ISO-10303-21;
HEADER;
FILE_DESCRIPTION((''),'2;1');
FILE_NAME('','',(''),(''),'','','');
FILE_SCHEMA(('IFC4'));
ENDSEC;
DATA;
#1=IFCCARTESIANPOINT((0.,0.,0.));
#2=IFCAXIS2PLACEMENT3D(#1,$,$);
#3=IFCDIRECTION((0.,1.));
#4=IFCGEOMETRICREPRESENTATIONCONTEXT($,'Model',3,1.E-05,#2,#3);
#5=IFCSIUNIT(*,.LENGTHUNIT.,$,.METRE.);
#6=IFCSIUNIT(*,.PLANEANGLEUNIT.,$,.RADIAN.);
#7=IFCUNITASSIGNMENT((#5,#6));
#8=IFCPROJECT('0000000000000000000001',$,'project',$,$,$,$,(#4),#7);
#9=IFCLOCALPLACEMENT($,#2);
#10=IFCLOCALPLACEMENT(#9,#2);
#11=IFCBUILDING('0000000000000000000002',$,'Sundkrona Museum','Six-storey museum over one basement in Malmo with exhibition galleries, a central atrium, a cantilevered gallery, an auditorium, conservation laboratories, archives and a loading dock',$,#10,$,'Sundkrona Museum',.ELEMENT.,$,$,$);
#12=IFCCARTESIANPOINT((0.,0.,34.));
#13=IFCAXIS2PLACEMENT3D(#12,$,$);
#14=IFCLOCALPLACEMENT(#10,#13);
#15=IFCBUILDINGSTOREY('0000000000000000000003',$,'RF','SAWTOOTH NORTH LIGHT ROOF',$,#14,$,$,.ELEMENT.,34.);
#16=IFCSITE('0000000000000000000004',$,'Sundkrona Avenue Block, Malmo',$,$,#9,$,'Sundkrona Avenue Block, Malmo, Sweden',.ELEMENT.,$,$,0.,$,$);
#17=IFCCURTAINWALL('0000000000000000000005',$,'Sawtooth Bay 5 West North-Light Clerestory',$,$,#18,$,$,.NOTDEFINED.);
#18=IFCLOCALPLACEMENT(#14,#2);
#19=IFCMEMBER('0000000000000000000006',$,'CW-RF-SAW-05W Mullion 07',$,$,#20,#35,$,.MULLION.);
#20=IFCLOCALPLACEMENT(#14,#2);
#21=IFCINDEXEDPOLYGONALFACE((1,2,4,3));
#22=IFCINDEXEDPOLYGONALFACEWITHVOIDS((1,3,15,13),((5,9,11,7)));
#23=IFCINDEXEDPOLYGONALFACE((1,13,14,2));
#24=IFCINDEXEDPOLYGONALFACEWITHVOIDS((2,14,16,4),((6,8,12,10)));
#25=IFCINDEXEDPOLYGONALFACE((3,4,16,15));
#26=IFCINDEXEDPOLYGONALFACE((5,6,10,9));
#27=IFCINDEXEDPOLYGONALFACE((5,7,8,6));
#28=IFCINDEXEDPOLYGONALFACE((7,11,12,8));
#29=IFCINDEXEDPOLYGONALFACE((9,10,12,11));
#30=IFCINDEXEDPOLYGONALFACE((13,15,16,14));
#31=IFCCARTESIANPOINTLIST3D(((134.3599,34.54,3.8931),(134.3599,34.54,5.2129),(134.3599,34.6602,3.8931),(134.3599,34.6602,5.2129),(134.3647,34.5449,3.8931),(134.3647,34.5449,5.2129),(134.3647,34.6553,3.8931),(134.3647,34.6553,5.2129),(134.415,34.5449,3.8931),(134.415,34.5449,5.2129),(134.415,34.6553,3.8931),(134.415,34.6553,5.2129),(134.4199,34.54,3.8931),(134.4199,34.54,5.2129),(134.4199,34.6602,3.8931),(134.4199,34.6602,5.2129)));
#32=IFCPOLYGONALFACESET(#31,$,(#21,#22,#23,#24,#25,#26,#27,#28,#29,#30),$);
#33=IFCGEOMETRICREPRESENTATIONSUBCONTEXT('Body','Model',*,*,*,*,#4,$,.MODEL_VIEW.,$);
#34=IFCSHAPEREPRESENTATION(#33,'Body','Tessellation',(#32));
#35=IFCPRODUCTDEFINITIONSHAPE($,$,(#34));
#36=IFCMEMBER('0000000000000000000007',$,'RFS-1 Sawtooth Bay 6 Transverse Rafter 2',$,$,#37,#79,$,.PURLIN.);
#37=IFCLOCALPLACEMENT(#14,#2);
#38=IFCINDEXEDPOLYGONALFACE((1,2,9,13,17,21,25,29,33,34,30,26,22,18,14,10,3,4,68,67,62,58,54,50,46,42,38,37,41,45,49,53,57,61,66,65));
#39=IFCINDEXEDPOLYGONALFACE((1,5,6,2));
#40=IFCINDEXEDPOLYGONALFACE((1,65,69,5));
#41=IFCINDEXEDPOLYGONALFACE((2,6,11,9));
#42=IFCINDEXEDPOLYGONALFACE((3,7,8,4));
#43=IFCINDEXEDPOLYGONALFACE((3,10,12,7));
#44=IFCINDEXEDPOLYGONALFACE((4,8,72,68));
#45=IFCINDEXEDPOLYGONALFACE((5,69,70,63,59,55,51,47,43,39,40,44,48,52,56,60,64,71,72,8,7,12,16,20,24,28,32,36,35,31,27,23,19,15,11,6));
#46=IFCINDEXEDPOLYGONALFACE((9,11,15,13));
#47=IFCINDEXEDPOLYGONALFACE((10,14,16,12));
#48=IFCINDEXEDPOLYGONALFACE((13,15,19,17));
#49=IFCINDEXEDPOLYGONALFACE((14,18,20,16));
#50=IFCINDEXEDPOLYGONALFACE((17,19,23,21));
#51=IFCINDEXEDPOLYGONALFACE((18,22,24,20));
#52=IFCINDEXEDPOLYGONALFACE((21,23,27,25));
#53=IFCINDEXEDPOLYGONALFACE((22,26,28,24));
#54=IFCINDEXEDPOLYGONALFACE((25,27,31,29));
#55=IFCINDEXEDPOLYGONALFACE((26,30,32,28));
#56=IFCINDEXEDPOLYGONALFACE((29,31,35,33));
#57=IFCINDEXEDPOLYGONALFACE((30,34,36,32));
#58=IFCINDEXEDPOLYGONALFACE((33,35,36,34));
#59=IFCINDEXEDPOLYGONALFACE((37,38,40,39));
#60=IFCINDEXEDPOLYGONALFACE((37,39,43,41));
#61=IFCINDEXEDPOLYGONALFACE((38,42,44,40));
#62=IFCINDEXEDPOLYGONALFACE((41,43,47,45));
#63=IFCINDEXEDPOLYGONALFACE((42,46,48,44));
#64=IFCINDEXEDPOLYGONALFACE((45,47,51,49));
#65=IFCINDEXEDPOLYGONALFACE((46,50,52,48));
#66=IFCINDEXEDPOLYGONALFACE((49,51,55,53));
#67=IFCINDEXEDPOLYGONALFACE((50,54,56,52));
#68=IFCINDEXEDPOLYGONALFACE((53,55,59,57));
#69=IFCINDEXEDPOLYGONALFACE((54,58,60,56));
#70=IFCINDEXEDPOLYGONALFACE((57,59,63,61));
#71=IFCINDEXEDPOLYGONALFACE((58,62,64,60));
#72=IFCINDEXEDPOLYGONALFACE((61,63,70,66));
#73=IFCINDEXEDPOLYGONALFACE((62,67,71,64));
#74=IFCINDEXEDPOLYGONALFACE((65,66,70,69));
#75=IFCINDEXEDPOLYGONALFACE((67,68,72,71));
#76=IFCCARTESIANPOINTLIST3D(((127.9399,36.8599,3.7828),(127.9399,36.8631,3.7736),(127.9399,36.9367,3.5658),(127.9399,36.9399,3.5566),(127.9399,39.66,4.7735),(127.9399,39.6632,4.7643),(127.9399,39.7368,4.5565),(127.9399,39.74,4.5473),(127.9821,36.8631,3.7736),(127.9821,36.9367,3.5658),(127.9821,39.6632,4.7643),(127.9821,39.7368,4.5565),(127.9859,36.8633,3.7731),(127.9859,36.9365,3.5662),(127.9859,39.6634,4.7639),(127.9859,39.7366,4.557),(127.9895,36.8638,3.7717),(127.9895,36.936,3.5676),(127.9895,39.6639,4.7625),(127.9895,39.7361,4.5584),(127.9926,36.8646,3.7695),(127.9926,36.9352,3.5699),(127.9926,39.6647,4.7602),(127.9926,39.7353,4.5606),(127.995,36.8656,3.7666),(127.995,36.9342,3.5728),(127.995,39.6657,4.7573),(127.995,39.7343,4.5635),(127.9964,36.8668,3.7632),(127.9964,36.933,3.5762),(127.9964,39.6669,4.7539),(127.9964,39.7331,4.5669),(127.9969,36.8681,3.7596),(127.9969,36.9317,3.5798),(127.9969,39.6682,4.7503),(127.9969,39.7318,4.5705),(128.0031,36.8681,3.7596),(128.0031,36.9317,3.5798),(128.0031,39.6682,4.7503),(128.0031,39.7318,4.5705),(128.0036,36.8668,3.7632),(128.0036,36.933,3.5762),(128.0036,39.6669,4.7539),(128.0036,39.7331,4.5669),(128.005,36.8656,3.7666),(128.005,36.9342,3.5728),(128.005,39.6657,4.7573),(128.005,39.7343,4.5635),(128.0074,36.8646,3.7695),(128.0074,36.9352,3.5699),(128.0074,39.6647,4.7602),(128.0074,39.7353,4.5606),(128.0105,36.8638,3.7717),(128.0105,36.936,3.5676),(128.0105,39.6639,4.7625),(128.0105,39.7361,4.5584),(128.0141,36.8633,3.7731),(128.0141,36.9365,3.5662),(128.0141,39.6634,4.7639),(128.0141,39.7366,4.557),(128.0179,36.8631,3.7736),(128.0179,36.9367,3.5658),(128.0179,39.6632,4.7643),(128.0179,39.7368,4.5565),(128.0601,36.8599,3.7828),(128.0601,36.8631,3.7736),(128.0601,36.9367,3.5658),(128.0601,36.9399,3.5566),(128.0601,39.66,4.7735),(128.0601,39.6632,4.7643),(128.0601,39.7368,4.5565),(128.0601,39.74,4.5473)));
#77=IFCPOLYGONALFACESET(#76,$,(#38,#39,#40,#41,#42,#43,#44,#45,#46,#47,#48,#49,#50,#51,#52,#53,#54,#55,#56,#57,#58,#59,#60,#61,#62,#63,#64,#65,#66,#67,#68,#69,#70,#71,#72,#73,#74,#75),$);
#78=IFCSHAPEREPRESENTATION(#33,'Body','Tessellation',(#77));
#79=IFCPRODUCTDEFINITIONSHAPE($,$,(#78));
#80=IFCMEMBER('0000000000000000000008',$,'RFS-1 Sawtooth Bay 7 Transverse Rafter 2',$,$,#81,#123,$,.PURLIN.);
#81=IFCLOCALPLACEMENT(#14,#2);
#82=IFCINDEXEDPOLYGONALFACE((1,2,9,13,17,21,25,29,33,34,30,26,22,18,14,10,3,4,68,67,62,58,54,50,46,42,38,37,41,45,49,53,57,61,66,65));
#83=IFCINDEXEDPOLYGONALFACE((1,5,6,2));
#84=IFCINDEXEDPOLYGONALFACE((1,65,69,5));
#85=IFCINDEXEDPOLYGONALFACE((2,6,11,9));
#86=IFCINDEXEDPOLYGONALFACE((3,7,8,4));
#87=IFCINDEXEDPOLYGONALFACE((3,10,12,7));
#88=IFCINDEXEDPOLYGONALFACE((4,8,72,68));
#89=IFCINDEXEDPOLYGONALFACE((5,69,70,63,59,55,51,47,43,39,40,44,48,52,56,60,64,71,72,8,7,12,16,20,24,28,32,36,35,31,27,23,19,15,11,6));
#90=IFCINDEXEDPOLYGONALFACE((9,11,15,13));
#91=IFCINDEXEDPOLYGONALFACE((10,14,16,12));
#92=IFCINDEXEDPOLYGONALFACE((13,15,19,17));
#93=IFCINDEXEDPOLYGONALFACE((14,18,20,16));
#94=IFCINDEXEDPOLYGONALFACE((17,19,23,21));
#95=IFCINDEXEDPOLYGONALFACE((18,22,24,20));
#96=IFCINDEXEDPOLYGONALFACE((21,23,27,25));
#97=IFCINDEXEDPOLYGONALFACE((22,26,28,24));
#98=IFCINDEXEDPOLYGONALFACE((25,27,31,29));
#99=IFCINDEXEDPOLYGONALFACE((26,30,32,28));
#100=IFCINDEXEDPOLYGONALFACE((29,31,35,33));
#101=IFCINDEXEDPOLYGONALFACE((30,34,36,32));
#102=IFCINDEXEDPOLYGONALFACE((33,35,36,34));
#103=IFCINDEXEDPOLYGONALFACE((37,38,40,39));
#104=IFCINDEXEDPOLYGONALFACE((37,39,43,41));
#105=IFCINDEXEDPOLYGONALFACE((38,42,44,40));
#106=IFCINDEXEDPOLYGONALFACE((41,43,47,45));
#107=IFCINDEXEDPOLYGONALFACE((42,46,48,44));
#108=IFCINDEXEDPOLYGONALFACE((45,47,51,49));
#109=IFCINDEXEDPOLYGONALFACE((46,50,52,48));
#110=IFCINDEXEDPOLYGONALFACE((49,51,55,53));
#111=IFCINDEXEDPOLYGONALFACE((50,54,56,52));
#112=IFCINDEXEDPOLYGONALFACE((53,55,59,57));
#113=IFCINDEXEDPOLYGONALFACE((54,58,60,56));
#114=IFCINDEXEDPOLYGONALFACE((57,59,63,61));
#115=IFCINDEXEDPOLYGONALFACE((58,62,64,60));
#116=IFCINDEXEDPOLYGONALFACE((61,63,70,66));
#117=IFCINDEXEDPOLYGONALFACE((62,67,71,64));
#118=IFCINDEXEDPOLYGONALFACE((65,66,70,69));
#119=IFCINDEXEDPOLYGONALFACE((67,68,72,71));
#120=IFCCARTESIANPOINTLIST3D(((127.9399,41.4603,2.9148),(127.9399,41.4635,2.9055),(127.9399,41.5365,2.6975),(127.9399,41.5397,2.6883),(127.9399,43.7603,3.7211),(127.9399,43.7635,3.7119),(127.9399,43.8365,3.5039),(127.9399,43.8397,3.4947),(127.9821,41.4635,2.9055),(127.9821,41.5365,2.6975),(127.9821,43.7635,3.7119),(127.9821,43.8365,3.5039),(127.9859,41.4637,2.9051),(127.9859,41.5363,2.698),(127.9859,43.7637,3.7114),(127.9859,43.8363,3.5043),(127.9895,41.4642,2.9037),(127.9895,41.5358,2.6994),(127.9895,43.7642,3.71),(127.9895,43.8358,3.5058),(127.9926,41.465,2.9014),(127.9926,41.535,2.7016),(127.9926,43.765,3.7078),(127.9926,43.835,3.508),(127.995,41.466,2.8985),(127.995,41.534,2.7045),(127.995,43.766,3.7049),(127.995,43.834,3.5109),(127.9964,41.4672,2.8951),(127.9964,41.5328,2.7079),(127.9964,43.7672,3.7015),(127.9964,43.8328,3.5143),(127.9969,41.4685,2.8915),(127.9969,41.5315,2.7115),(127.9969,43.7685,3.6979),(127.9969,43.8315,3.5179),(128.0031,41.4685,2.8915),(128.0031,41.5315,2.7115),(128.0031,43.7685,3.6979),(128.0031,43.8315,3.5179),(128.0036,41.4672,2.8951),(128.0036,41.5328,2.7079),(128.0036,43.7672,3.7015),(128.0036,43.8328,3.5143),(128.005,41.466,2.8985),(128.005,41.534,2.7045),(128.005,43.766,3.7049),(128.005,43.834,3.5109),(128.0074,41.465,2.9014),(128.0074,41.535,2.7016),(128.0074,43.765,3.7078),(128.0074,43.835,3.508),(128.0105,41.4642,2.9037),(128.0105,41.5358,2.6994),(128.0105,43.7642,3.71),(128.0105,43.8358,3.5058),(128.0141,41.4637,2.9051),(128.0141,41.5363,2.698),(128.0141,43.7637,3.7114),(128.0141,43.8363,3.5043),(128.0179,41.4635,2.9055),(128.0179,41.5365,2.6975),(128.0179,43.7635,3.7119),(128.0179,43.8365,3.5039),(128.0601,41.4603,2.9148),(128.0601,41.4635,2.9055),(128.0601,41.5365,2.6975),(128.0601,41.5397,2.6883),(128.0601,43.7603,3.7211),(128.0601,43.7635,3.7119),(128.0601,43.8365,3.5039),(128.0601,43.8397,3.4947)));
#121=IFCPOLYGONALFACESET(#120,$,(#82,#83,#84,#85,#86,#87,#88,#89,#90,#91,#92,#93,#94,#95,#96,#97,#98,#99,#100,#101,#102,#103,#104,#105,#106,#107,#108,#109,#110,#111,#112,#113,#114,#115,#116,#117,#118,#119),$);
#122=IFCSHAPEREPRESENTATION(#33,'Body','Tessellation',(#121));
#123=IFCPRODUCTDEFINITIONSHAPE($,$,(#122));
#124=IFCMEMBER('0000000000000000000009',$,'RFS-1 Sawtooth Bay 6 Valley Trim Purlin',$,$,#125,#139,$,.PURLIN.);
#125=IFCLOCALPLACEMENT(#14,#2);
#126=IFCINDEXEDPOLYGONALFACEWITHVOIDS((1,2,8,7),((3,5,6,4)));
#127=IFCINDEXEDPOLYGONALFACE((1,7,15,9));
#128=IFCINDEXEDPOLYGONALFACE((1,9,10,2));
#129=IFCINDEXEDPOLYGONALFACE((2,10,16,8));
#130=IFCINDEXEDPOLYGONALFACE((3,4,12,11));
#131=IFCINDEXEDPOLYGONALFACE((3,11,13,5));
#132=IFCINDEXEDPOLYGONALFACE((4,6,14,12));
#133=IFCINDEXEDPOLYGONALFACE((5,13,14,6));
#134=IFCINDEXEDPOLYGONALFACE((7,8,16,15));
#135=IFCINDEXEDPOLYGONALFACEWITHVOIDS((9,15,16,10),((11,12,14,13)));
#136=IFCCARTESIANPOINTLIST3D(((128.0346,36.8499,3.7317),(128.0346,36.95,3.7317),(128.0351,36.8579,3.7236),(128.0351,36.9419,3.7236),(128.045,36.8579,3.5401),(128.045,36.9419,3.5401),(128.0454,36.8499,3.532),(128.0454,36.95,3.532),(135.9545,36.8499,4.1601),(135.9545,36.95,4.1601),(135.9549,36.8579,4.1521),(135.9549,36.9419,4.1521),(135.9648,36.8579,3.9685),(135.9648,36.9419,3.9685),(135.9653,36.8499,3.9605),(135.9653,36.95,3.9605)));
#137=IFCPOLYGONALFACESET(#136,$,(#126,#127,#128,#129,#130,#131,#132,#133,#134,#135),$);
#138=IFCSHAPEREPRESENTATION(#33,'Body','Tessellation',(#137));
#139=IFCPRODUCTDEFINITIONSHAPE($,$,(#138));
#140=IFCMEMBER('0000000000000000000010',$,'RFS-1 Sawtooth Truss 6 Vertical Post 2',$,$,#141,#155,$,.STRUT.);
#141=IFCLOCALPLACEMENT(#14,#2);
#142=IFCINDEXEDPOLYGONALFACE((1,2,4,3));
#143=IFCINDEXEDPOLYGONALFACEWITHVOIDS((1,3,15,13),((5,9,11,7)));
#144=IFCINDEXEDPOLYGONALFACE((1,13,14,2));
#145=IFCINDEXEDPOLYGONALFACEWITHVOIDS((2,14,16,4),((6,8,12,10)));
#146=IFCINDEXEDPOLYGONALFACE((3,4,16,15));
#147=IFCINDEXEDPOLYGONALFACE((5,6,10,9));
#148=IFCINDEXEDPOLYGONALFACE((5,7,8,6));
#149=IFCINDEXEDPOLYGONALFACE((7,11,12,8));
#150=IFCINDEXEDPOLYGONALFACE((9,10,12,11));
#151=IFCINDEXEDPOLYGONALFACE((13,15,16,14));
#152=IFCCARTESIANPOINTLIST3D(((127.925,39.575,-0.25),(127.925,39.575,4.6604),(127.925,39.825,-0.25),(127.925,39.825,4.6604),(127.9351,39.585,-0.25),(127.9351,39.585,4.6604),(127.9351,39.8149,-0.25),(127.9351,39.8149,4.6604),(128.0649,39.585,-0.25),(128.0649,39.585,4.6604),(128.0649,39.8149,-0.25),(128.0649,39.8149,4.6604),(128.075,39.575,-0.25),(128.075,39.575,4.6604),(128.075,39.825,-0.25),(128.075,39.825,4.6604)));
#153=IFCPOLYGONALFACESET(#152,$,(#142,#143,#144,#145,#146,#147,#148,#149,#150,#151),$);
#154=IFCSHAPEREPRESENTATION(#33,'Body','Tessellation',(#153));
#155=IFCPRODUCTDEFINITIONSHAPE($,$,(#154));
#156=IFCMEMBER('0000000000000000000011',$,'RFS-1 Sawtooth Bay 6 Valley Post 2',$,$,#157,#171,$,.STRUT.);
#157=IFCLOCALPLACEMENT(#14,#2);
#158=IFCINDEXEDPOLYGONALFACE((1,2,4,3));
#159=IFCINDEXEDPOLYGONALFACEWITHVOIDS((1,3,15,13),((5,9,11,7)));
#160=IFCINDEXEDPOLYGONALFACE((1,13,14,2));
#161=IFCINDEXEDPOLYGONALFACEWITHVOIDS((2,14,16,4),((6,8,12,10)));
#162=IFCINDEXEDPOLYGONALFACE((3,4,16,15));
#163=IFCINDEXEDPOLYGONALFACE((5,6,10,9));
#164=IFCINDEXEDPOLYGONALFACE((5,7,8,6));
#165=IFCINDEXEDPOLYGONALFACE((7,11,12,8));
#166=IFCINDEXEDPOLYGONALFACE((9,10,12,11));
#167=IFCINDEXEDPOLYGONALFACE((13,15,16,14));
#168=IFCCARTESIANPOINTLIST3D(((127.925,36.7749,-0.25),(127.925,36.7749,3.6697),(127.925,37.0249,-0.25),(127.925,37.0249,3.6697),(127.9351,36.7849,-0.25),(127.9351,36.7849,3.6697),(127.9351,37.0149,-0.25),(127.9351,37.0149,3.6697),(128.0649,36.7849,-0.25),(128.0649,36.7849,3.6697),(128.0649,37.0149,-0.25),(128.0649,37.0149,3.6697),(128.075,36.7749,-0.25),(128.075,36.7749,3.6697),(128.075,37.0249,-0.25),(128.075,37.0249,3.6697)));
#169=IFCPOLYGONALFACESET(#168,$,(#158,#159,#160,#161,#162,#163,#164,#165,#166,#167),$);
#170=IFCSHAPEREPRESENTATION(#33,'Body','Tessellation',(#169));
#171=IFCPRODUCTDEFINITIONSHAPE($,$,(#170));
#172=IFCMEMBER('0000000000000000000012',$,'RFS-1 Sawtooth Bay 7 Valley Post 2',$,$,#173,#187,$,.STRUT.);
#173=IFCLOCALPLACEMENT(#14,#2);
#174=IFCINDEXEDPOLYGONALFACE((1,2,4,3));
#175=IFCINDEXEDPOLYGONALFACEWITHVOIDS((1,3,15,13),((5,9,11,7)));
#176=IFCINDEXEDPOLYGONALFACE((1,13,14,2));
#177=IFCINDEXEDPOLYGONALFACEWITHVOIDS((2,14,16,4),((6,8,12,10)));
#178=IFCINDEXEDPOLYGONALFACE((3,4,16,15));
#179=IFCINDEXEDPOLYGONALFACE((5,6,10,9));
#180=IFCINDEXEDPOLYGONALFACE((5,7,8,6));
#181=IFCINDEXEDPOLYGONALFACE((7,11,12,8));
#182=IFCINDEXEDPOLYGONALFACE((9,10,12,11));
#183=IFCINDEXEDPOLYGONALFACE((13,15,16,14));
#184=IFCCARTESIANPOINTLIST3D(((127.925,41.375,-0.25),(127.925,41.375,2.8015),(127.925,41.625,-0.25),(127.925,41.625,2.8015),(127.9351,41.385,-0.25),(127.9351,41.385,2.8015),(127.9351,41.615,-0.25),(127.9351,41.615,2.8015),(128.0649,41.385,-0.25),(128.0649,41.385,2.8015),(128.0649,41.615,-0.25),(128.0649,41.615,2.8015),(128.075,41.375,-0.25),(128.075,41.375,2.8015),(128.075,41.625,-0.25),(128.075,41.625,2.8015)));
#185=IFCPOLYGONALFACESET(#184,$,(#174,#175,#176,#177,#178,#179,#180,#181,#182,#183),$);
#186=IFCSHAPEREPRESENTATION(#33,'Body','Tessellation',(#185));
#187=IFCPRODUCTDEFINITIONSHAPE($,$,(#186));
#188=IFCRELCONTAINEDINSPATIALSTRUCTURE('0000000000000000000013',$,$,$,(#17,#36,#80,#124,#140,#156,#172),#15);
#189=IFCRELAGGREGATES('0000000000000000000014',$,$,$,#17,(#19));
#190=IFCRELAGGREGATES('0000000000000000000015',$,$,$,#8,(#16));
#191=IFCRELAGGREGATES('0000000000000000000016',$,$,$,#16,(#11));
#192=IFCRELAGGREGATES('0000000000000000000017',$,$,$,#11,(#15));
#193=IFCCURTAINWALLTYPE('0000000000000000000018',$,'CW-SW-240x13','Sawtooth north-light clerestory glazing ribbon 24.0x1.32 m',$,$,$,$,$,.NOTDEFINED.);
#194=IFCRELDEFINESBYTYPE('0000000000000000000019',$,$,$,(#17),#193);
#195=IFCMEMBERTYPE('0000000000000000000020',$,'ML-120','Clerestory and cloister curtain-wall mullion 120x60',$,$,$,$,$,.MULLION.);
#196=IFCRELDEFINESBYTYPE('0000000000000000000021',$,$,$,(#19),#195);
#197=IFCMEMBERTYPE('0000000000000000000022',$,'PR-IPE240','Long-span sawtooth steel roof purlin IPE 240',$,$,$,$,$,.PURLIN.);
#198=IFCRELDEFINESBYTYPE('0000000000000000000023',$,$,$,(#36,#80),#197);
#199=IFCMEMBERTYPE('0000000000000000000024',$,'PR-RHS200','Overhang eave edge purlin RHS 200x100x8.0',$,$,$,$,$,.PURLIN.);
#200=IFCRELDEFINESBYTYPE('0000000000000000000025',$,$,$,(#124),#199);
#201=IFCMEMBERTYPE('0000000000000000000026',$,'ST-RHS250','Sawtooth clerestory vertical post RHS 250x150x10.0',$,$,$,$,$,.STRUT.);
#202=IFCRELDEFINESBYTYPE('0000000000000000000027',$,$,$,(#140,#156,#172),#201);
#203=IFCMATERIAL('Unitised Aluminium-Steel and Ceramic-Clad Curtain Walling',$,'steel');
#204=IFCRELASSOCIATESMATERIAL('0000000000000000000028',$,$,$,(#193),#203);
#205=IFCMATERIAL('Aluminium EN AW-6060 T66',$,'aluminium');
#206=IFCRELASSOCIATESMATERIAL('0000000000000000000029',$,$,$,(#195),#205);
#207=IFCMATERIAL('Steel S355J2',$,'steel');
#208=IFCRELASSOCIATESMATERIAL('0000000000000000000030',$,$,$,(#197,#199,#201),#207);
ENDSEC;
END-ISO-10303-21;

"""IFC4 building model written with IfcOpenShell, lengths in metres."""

from ifc_helpers import new_model, si_unit, direction, frame, origin, origin_2d, place, context, subcontext, project, spatial, hollow_rectangle, i_section, extrude, material, material_profile, profile_set, type_object, element, aggregate, save


model = new_model("IFC4")

# Units and contexts
model_context = context("Model", 3, precision=1e-05, world=origin(), true_north=direction((0.0, 1.0)))
body_context = subcontext(model_context, "Body", "Model", "MODEL_VIEW")
ifc_project = project(units=[si_unit("LENGTHUNIT", "METRE"), si_unit("PLANEANGLEUNIT", "RADIAN")], contexts=[model_context])

# Site, building, storey
site_placement = place(None, origin())
site = spatial("IfcSite", under=ifc_project, at=site_placement, Name="Sundkrona Avenue Block, Malmo", LongName="Sundkrona Avenue Block, Malmo, Sweden", CompositionType="ELEMENT", RefElevation=0.0)
building_placement = place(site_placement, origin())
building = spatial("IfcBuilding", under=site, at=building_placement, Name="Sundkrona Museum", Description="Six-storey museum over one basement in Malmo with exhibition galleries, a central atrium, a cantilevered gallery, an auditorium, conservation laboratories, archives and a loading dock", LongName="Sundkrona Museum", CompositionType="ELEMENT")
storey_placement = place(building_placement, frame((0.0, 0.0, 34.0)))
storey = spatial("IfcBuildingStorey", under=building, at=storey_placement, Name="RF", Description="SAWTOOTH NORTH LIGHT ROOF", CompositionType="ELEMENT", Elevation=34.0)

# Curtain wall, member
ifc_material_1 = material(Name="Unitised Aluminium-Steel and Ceramic-Clad Curtain Walling", Category="steel")
curtain_wall_type = type_object("IfcCurtainWallType", Name="CW-SW-240x13", Description="Sawtooth north-light clerestory glazing ribbon 24.0x1.32 m", PredefinedType="NOTDEFINED", material=ifc_material_1)
curtain_wall_placement = place(storey_placement, origin())
curtain_wall = element("IfcCurtainWall", 1, at=curtain_wall_placement, inside=storey, type_object=curtain_wall_type, Name="Sawtooth Bay 5 West North-Light Clerestory", PredefinedType="NOTDEFINED")
ifc_material_2 = material(Name="Aluminium EN AW-6060 T66", Category="aluminium")
ifc_material_profile_1 = material_profile(ifc_material_2, hollow_rectangle(XDim=0.0601, YDim=0.1201, WallThickness=0.0049, at=origin_2d()), Name="RHS 120x60x5.0")
ifc_profile_set_1 = profile_set([ifc_material_profile_1], Name="Aluminium EN AW-6060 T66")
member_type_1 = type_object("IfcMemberType", Name="ML-120", Description="Clerestory and cloister curtain-wall mullion 120x60", PredefinedType="MULLION", material=ifc_profile_set_1)
member_1_placement = place(storey_placement, frame((134.3899, 34.6001, 3.8931), z_axis=(0.0, 0.0, 1.0), x_axis=(1.0, 0.0, 0.0)))
member_1 = element("IfcMember", 2, at=member_1_placement, type_object=member_type_1, Name="CW-RF-SAW-05W Mullion 07", PredefinedType="MULLION", context=body_context, shape_type="SweptSolid", body=[
    extrude(hollow_rectangle(XDim=0.0601, YDim=0.1201, WallThickness=0.0049, at=origin_2d()), origin(), (0.0, 0.0, 1.0), 1.3198),
])

# Members
ifc_material_3 = material(Name="Steel S355J2", Category="steel")
ifc_material_profile_2 = material_profile(ifc_material_3, i_section(OverallWidth=0.1201, OverallDepth=0.24, WebThickness=0.0061, FlangeThickness=0.0098, FilletRadius=0.0149, at=origin_2d()), Name="IPE 240")
ifc_profile_set_2 = profile_set([ifc_material_profile_2], Name="Steel S355J2")
member_type_2 = type_object("IfcMemberType", Name="PR-IPE240", Description="Long-span sawtooth steel roof purlin IPE 240", PredefinedType="PURLIN", material=ifc_profile_set_2)
member_2_placement = place(storey_placement, frame((128.0, 36.8999, 3.6697), z_axis=(0.0, 0.942729, 0.33356), x_axis=(-1.0, 0.0, 0.0)))
element("IfcMember", 3, at=member_2_placement, inside=storey, type_object=member_type_2, Name="RFS-1 Sawtooth Bay 6 Transverse Rafter 2", PredefinedType="PURLIN", context=body_context, shape_type="SweptSolid", body=[
    extrude(i_section(OverallWidth=0.1201, OverallDepth=0.24, WebThickness=0.0061, FlangeThickness=0.0098, FilletRadius=0.0149, at=origin_2d()), origin(), (0.0, 0.0, 1.0), 2.9702),
])
member_3_placement = place(storey_placement, frame((128.0, 41.5, 2.8015), z_axis=(0.0, 0.943682, 0.330855), x_axis=(-1.0, 0.0, 0.0)))
element("IfcMember", 4, at=member_3_placement, inside=storey, type_object=member_type_2, Name="RFS-1 Sawtooth Bay 7 Transverse Rafter 2", PredefinedType="PURLIN", context=body_context, shape_type="SweptSolid", body=[
    extrude(i_section(OverallWidth=0.1201, OverallDepth=0.24, WebThickness=0.0061, FlangeThickness=0.0098, FilletRadius=0.0149, at=origin_2d()), origin(), (0.0, 0.0, 1.0), 2.4373),
])
ifc_material_profile_3 = material_profile(ifc_material_3, hollow_rectangle(XDim=0.1001, YDim=0.2, WallThickness=0.0081, at=origin_2d()), Name="RHS 200x100x8.0")
ifc_profile_set_3 = profile_set([ifc_material_profile_3], Name="Steel S355J2")
member_type_3 = type_object("IfcMemberType", Name="PR-RHS200", Description="Overhang eave edge purlin RHS 200x100x8.0", PredefinedType="PURLIN", material=ifc_profile_set_3)
member_4_placement = place(storey_placement, frame((128.04, 36.8999, 3.6318), z_axis=(0.99854, 0.0, 0.054021), x_axis=(0.0, 1.0, 0.0)))
element("IfcMember", 5, at=member_4_placement, inside=storey, type_object=member_type_3, Name="RFS-1 Sawtooth Bay 6 Valley Trim Purlin", PredefinedType="PURLIN", context=body_context, shape_type="SweptSolid", body=[
    extrude(hollow_rectangle(XDim=0.1001, YDim=0.2, WallThickness=0.0081, at=origin_2d()), origin(), (0.0, 0.0, 1.0), 7.9314),
])
ifc_material_profile_4 = material_profile(ifc_material_3, hollow_rectangle(XDim=0.1499, YDim=0.25, WallThickness=0.01, at=origin_2d()), Name="RHS 250x150x10.0")
ifc_profile_set_4 = profile_set([ifc_material_profile_4], Name="Steel S355J2")
member_type_4 = type_object("IfcMemberType", Name="ST-RHS250", Description="Sawtooth clerestory vertical post RHS 250x150x10.0", PredefinedType="STRUT", material=ifc_profile_set_4)
member_5_placement = place(storey_placement, frame((128.0, 39.7, -0.25), z_axis=(0.0, 0.0, 1.0), x_axis=(1.0, 0.0, 0.0)))
element("IfcMember", 6, at=member_5_placement, inside=storey, type_object=member_type_4, Name="RFS-1 Sawtooth Truss 6 Vertical Post 2", PredefinedType="STRUT", context=body_context, shape_type="SweptSolid", body=[
    extrude(hollow_rectangle(XDim=0.1499, YDim=0.25, WallThickness=0.01, at=origin_2d()), origin(), (0.0, 0.0, 1.0), 4.9104),
])
member_6_placement = place(storey_placement, frame((128.0, 36.8999, -0.25), z_axis=(0.0, 0.0, 1.0), x_axis=(1.0, 0.0, 0.0)))
element("IfcMember", 7, at=member_6_placement, inside=storey, type_object=member_type_4, Name="RFS-1 Sawtooth Bay 6 Valley Post 2", PredefinedType="STRUT", context=body_context, shape_type="SweptSolid", body=[
    extrude(hollow_rectangle(XDim=0.1499, YDim=0.25, WallThickness=0.01, at=origin_2d()), origin(), (0.0, 0.0, 1.0), 3.9197),
])
member_7_placement = place(storey_placement, frame((128.0, 41.5, -0.25), z_axis=(0.0, 0.0, 1.0), x_axis=(1.0, 0.0, 0.0)))
element("IfcMember", 8, at=member_7_placement, inside=storey, type_object=member_type_4, Name="RFS-1 Sawtooth Bay 7 Valley Post 2", PredefinedType="STRUT", context=body_context, shape_type="SweptSolid", body=[
    extrude(hollow_rectangle(XDim=0.1499, YDim=0.25, WallThickness=0.01, at=origin_2d()), origin(), (0.0, 0.0, 1.0), 3.0515),
])

aggregate(curtain_wall, [member_1])

save(model, "model.ifc")
